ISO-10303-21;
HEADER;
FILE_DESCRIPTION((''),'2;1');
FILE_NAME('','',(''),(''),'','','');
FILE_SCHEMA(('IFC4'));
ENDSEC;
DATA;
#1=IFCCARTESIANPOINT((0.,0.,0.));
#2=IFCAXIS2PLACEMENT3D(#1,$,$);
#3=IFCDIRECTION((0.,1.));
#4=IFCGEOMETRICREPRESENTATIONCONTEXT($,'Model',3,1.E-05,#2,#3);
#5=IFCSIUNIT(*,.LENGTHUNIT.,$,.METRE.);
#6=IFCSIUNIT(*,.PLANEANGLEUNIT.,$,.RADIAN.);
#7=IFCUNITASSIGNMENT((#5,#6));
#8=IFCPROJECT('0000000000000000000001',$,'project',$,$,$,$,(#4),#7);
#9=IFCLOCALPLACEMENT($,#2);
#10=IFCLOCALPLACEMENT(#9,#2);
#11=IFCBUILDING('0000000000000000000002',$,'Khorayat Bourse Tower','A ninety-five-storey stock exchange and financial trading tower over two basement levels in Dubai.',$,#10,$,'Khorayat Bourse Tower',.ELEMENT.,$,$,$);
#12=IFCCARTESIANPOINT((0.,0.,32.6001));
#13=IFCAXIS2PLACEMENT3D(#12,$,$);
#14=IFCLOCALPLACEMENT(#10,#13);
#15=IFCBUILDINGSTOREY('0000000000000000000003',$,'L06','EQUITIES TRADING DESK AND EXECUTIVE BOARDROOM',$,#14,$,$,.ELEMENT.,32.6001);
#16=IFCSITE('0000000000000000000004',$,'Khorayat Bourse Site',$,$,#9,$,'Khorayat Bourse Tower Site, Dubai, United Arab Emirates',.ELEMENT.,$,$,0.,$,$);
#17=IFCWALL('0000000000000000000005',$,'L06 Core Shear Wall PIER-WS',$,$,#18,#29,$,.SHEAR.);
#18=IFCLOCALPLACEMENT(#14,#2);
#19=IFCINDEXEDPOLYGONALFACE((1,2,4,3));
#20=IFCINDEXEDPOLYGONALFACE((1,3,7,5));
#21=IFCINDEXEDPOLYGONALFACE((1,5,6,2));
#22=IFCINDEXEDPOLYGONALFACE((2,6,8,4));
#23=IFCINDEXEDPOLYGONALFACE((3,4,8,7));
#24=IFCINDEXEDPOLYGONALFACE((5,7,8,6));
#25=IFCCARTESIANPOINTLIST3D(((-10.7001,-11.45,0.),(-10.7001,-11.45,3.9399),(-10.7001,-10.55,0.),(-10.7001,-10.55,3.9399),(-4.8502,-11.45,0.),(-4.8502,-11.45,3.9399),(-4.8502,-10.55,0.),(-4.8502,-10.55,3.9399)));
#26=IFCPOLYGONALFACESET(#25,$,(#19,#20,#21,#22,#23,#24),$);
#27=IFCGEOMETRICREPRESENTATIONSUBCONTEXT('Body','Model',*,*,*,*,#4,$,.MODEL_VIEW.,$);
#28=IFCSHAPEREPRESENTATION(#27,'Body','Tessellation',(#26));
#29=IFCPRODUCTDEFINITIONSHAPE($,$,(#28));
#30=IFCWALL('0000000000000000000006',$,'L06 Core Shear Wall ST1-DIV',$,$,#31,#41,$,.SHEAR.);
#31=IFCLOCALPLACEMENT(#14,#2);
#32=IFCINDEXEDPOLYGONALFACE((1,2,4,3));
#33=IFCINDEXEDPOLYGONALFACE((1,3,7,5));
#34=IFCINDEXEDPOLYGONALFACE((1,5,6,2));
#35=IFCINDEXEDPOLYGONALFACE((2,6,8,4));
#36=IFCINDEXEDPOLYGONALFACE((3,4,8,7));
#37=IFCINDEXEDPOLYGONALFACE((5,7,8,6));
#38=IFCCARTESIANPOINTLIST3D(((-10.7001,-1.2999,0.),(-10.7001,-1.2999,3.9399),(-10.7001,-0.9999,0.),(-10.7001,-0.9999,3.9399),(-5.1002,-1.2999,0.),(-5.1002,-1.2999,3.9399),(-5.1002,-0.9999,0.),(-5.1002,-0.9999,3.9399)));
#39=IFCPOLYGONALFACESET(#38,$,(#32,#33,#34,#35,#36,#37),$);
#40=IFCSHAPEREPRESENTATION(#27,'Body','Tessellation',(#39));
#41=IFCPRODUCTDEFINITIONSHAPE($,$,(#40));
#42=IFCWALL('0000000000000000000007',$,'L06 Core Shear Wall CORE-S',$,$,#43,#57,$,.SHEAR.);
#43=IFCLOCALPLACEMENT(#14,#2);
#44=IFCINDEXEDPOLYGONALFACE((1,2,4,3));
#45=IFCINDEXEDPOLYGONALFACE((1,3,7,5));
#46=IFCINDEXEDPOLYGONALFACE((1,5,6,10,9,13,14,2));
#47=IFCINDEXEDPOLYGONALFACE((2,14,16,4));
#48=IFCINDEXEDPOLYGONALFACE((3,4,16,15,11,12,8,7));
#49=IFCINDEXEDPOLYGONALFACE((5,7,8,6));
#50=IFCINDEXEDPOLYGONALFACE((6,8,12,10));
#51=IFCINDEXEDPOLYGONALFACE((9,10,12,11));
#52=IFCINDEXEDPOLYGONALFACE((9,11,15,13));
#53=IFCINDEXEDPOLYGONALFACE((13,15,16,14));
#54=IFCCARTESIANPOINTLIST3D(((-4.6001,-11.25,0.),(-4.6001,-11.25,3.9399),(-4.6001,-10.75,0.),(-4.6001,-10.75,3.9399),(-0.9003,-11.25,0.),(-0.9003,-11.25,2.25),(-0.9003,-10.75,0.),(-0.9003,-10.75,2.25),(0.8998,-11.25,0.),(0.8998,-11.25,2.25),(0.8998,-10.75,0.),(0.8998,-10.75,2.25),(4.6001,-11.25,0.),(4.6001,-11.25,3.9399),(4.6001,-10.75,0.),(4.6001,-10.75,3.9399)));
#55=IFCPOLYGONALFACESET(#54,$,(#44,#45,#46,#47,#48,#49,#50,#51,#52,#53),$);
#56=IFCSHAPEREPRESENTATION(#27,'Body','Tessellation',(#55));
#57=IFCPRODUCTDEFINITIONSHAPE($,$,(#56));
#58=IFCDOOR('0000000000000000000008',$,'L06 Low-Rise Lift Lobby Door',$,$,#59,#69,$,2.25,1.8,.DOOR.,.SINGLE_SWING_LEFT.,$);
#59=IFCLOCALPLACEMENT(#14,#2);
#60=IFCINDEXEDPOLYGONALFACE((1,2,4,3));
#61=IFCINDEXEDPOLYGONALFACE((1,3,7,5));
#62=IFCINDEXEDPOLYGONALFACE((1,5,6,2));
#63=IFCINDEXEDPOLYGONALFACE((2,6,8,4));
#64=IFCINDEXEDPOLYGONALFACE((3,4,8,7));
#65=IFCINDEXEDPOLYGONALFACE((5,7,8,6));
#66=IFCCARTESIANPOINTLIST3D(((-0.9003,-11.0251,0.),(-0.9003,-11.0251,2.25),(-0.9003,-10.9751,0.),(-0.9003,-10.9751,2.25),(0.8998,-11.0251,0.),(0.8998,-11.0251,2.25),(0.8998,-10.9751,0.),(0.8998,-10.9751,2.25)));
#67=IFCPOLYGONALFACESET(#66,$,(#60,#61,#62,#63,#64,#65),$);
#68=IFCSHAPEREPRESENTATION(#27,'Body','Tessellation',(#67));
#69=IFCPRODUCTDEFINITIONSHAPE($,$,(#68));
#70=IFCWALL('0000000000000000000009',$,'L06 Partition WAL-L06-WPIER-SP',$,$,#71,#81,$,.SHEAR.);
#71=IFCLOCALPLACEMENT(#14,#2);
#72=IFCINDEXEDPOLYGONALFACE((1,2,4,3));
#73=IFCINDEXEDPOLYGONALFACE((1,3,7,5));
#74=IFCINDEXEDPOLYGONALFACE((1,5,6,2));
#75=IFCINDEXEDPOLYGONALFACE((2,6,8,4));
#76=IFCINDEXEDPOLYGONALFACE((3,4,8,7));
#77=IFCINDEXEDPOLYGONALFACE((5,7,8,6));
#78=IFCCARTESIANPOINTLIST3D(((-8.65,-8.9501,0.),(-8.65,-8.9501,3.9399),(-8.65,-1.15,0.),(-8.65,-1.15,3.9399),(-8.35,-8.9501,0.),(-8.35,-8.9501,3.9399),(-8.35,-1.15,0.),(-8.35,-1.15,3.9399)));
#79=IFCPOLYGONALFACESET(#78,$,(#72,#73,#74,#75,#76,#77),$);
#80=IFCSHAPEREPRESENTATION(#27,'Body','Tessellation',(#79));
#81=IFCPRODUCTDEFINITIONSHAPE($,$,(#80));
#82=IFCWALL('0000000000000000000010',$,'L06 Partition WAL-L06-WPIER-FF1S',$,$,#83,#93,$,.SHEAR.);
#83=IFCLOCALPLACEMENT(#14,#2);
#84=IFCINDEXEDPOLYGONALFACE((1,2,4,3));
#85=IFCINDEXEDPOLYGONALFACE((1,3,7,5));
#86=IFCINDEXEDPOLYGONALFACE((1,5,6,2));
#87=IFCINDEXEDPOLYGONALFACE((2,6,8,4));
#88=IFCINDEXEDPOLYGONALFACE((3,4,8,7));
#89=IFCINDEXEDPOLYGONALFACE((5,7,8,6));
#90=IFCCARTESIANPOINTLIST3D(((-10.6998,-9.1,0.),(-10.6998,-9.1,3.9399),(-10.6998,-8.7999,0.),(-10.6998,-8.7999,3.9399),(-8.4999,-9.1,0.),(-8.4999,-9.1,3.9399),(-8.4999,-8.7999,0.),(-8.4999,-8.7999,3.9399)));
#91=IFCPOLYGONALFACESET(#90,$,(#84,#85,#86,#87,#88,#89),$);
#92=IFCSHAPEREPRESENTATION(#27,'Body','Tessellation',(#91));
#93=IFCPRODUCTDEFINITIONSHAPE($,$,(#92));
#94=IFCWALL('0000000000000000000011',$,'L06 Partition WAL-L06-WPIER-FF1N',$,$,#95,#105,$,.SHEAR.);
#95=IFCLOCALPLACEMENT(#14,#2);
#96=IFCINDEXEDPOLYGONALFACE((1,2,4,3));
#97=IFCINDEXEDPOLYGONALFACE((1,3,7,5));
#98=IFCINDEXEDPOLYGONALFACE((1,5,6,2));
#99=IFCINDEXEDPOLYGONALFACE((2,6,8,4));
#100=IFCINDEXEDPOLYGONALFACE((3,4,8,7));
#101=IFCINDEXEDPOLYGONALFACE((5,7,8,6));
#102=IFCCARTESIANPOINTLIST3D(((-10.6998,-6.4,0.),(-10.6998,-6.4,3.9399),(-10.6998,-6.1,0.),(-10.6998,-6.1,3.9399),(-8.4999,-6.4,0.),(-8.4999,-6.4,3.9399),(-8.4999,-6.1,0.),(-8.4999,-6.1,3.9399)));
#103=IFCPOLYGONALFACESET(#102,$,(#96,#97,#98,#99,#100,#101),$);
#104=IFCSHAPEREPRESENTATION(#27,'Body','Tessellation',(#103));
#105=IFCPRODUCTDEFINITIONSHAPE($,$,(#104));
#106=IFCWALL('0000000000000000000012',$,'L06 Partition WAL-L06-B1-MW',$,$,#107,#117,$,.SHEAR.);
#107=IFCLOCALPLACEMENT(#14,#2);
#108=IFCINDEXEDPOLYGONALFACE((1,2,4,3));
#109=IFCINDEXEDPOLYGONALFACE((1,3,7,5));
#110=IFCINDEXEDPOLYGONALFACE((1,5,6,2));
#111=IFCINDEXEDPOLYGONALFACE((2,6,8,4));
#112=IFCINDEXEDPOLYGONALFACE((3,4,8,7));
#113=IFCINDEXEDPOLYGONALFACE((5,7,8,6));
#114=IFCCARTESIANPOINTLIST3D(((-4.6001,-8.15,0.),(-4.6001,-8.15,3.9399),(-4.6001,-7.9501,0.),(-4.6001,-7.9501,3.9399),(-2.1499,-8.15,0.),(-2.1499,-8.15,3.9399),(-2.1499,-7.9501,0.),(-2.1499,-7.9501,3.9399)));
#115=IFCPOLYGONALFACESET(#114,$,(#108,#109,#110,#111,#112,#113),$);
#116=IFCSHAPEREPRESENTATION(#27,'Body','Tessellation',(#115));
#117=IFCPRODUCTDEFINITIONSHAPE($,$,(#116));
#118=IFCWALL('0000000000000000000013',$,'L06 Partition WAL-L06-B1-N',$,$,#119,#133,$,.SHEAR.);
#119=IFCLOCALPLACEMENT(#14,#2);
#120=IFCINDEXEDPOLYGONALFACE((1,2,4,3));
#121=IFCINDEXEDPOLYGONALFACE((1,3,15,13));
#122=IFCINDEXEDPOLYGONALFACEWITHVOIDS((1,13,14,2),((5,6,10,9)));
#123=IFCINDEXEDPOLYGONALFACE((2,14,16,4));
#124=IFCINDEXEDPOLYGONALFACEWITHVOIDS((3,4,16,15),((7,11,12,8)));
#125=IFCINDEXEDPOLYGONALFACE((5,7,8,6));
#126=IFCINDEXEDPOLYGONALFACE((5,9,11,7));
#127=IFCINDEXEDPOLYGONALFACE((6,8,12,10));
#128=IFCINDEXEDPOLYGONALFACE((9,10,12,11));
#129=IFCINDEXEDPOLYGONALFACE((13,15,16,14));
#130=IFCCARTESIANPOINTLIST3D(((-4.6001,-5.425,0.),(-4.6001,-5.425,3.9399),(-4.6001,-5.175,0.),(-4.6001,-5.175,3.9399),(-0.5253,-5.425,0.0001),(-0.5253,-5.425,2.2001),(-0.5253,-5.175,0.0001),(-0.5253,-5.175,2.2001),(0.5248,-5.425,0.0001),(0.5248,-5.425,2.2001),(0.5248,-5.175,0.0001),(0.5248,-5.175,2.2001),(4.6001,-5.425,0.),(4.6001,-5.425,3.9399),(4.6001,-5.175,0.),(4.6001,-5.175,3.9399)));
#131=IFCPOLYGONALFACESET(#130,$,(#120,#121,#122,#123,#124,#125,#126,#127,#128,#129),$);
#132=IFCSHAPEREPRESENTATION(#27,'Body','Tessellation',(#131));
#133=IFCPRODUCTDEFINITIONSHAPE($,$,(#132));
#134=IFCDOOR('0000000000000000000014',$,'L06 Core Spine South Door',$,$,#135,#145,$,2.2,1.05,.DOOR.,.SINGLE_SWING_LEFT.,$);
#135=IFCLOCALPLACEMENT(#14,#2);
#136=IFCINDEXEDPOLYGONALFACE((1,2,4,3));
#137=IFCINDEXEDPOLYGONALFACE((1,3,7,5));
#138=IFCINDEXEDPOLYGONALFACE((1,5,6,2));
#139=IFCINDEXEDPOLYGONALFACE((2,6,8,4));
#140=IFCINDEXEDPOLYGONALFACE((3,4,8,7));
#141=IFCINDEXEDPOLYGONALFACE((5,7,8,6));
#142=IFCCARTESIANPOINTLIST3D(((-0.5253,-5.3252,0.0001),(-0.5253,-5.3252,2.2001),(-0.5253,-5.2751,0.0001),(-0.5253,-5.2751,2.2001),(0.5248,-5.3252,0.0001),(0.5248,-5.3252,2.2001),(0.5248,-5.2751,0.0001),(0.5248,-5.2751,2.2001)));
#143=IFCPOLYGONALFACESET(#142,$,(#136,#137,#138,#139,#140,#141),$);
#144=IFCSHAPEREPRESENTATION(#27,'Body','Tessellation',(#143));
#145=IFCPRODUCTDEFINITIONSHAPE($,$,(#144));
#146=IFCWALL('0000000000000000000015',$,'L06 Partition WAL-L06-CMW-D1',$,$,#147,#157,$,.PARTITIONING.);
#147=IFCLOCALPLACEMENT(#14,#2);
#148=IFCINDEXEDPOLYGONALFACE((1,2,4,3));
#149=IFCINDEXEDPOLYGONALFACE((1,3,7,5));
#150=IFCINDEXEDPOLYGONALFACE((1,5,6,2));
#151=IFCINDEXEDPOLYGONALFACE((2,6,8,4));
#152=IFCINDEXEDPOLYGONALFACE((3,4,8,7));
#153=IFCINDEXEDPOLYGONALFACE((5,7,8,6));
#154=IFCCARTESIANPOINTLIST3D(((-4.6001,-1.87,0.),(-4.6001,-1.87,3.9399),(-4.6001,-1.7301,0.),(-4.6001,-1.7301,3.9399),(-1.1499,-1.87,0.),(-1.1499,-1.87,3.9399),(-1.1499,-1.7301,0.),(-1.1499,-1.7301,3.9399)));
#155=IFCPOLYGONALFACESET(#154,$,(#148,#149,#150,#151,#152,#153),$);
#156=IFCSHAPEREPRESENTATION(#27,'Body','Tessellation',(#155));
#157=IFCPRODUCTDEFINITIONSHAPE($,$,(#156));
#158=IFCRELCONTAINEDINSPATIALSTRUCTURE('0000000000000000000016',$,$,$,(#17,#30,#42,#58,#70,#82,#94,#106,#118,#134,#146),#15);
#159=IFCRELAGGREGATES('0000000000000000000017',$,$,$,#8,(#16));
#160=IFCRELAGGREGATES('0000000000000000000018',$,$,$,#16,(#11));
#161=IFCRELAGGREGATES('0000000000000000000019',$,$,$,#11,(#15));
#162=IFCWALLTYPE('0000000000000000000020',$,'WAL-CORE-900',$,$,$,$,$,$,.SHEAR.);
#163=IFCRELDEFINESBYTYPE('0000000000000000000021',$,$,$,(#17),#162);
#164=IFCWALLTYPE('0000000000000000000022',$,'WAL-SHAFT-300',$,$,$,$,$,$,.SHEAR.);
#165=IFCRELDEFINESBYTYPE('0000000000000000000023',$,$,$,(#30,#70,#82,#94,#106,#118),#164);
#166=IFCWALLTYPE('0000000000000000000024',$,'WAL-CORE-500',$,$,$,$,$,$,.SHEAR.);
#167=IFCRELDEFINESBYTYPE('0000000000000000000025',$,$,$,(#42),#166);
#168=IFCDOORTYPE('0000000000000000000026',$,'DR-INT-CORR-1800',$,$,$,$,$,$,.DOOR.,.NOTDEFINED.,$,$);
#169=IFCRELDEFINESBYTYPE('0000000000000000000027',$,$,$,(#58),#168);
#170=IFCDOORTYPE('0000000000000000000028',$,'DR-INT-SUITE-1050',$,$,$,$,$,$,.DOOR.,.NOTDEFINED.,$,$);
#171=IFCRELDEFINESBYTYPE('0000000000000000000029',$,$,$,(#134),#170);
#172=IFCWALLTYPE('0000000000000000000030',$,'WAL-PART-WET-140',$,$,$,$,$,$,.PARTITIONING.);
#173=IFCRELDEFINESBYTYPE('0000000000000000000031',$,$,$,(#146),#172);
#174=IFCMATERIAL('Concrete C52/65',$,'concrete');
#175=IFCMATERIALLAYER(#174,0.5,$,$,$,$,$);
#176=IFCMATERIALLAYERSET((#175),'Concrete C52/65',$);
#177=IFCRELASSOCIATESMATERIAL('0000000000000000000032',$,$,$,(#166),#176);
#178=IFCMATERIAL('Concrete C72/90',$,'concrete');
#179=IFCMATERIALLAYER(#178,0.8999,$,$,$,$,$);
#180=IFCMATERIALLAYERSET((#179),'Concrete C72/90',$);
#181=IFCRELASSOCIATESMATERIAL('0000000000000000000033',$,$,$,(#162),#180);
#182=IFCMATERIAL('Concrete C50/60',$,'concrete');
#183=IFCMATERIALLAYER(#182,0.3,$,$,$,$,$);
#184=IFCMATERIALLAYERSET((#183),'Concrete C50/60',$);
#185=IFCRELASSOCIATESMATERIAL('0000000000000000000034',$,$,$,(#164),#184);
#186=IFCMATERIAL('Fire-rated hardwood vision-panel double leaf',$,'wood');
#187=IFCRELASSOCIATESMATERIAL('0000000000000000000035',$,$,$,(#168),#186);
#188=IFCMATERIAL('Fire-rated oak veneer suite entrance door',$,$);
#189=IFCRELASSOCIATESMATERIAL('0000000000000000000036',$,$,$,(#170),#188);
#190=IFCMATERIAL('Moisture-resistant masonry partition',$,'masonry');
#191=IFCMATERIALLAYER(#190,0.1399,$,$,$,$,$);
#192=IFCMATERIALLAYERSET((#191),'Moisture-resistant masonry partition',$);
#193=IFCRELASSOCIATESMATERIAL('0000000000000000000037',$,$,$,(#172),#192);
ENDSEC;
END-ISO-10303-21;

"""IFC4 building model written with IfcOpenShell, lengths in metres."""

from ifc_helpers import new_model, si_unit, direction, frame, frame_2d, origin, place, context, subcontext, project, spatial, rectangle, extrude, source, transform, mapped, material, layer, layer_set, type_object, element, fill, save


model = new_model("IFC4")

# Units and contexts
model_context = context("Model", 3, precision=1e-05, world=origin(), true_north=direction((0.0, 1.0)))
body_context = subcontext(model_context, "Body", "Model", "MODEL_VIEW")
ifc_project = project(units=[si_unit("LENGTHUNIT", "METRE"), si_unit("PLANEANGLEUNIT", "RADIAN")], contexts=[model_context])

# Site, building, storey
site_placement = place(None, origin())
site = spatial("IfcSite", under=ifc_project, at=site_placement, Name="Khorayat Bourse Site", LongName="Khorayat Bourse Tower Site, Dubai, United Arab Emirates", CompositionType="ELEMENT", RefElevation=0.0)
building_placement = place(site_placement, origin())
building = spatial("IfcBuilding", under=site, at=building_placement, Name="Khorayat Bourse Tower", Description="A ninety-five-storey stock exchange and financial trading tower over two basement levels in Dubai.", LongName="Khorayat Bourse Tower", CompositionType="ELEMENT")
storey_placement = place(building_placement, frame((0.0, 0.0, 32.6001)))
storey = spatial("IfcBuildingStorey", under=building, at=storey_placement, Name="L06", Description="EQUITIES TRADING DESK AND EXECUTIVE BOARDROOM", CompositionType="ELEMENT", Elevation=32.6001)

# Shared definitions
ifc_material_1 = material(Name="Concrete C72/90", Category="concrete")

# Walls
ifc_material_2 = material(Name="Concrete C52/65", Category="concrete")
ifc_layer_1 = layer(ifc_material_2, 0.5)
ifc_layer_set_1 = layer_set([ifc_layer_1], Name="Concrete C52/65")
wall_type_1 = type_object("IfcWallType", Name="WAL-CORE-500", PredefinedType="SHEAR", material=ifc_layer_set_1)
ifc_layer_2 = layer(ifc_material_1, 0.8999)
ifc_layer_set_2 = layer_set([ifc_layer_2], Name="Concrete C72/90")
wall_type_2 = type_object("IfcWallType", Name="WAL-CORE-900", PredefinedType="SHEAR", material=ifc_layer_set_2)
shared_shape_1 = source(origin(), body_context, "Body", "SweptSolid", [
    extrude(rectangle(XDim=5.8499, YDim=0.8999, at=frame_2d((2.9248, 0.0))), origin(), (0.0, 0.0, 1.0), 3.9399),
])
wall_1_placement = place(storey_placement, frame((-10.7, -11.0, 0.0), z_axis=(0.0, 0.0, 1.0), x_axis=(1.0, 0.0, 0.0)))
element("IfcWall", 1, at=wall_1_placement, inside=storey, type_object=wall_type_2, Name="L06 Core Shear Wall PIER-WS", PredefinedType="SHEAR", context=body_context, shape_type="MappedRepresentation", body=[
    mapped(shared_shape_1, transform((0.0, 0.0, 0.0), scale=1.0)),
])
ifc_material_3 = material(Name="Concrete C50/60", Category="concrete")
ifc_layer_3 = layer(ifc_material_3, 0.3)
ifc_layer_set_3 = layer_set([ifc_layer_3], Name="Concrete C50/60")
wall_type_3 = type_object("IfcWallType", Name="WAL-SHAFT-300", PredefinedType="SHEAR", material=ifc_layer_set_3)
shared_shape_2 = source(origin(), body_context, "Body", "SweptSolid", [
    extrude(rectangle(XDim=5.5999, YDim=0.3, at=frame_2d((2.7998, 0.0))), origin(), (0.0, 0.0, 1.0), 3.9399),
])
wall_2_placement = place(storey_placement, frame((-10.7, -1.1499, 0.0), z_axis=(0.0, 0.0, 1.0), x_axis=(1.0, 0.0, 0.0)))
element("IfcWall", 2, at=wall_2_placement, inside=storey, type_object=wall_type_3, Name="L06 Core Shear Wall ST1-DIV", PredefinedType="SHEAR", context=body_context, shape_type="MappedRepresentation", body=[
    mapped(shared_shape_2, transform((0.0, 0.0, 0.0), scale=1.0)),
])

# Wall, opening, door
shared_shape_3 = source(origin(), body_context, "Body", "SweptSolid", [
    extrude(rectangle(XDim=9.2002, YDim=0.5, at=frame_2d((4.6001, 0.0))), origin(), (0.0, 0.0, 1.0), 3.9399),
])
wall_3_placement = place(storey_placement, frame((-4.6001, -11.0, 0.0), z_axis=(0.0, 0.0, 1.0), x_axis=(1.0, 0.0, 0.0)))
wall_3 = element("IfcWall", 3, at=wall_3_placement, inside=storey, type_object=wall_type_1, Name="L06 Core Shear Wall CORE-S", PredefinedType="SHEAR", context=body_context, shape_type="MappedRepresentation", body=[
    mapped(shared_shape_3, transform((0.0, 0.0, 0.0), scale=1.0)),
])
shared_shape_4 = source(origin(), body_context, "Body", "SweptSolid", [
    extrude(rectangle(XDim=1.8, YDim=2.25, at=frame_2d((0.8999, 1.125))), frame((0.0, 0.26, 0.0), z_axis=(0.0, -1.0, 0.0), x_axis=(1.0, 0.0, 0.0)), (0.0, 0.0, 1.0), 0.52),
])
opening_1_placement = place(wall_3_placement, frame((3.7, 0.0, 0.0)))
opening_1 = element("IfcOpeningElement", 4, at=opening_1_placement, cuts=wall_3, PredefinedType="OPENING", context=body_context, shape_type="MappedRepresentation", body=[
    mapped(shared_shape_4, transform((0.0, 0.0, 0.0), scale=1.0)),
])
ifc_material_4 = material(Name="Fire-rated hardwood vision-panel double leaf", Category="wood")
door_type_1 = type_object("IfcDoorType", Name="DR-INT-CORR-1800", OperationType="NOTDEFINED", PredefinedType="DOOR", material=ifc_material_4)
shared_shape_5 = source(origin(), body_context, "Body", "SweptSolid", [
    extrude(rectangle(XDim=1.8, YDim=2.25, at=frame_2d((0.8999, 1.125))), frame((0.0, 0.0249, 0.0), z_axis=(0.0, -1.0, 0.0), x_axis=(1.0, 0.0, 0.0)), (0.0, 0.0, 1.0), 0.05),
])
door_1_placement = place(opening_1_placement, origin())
door_1 = element("IfcDoor", 5, at=door_1_placement, inside=storey, type_object=door_type_1, Name="L06 Low-Rise Lift Lobby Door", OperationType="SINGLE_SWING_LEFT", OverallHeight=2.25, OverallWidth=1.8, PredefinedType="DOOR", context=body_context, shape_type="MappedRepresentation", body=[
    mapped(shared_shape_5, transform((0.0, 0.0, 0.0), scale=1.0)),
])
fill(opening_1, door_1)

# Walls
shared_shape_6 = source(origin(), body_context, "Body", "SweptSolid", [
    extrude(rectangle(XDim=7.8, YDim=0.3, at=frame_2d((3.8999, 0.0))), origin(), (0.0, 0.0, 1.0), 3.9399),
])
wall_4_placement = place(storey_placement, frame((-8.5, -8.95, 0.0), z_axis=(0.0, 0.0, 1.0), x_axis=(0.0, 1.0, 0.0)))
element("IfcWall", 6, at=wall_4_placement, inside=storey, type_object=wall_type_3, Name="L06 Partition WAL-L06-WPIER-SP", PredefinedType="SHEAR", context=body_context, shape_type="MappedRepresentation", body=[
    mapped(shared_shape_6, transform((0.0, 0.0, 0.0), scale=1.0)),
])
shared_shape_7 = source(origin(), body_context, "Body", "SweptSolid", [
    extrude(rectangle(XDim=2.2, YDim=0.3, at=frame_2d((1.1001, 0.0))), origin(), (0.0, 0.0, 1.0), 3.9399),
])
for number, where, z_axis, x_axis, name in (
    (7, (-10.7, -8.95, 0.0), (0.0, 0.0, 1.0), (1.0, 0.0, 0.0), "L06 Partition WAL-L06-WPIER-FF1S"),
    (8, (-10.7, -6.25, 0.0), (0.0, 0.0, 1.0), (1.0, 0.0, 0.0), "L06 Partition WAL-L06-WPIER-FF1N"),
):
    element("IfcWall", number, at=place(storey_placement, frame(where, z_axis=z_axis, x_axis=x_axis)), inside=storey, type_object=wall_type_3, Name=name, PredefinedType="SHEAR", context=body_context, shape_type="MappedRepresentation", body=[
        mapped(shared_shape_7, transform((0.0, 0.0, 0.0), scale=1.0)),
    ])
shared_shape_8 = source(origin(), body_context, "Body", "SweptSolid", [
    extrude(rectangle(XDim=2.4502, YDim=0.2, at=frame_2d((1.2251, 0.0))), origin(), (0.0, 0.0, 1.0), 3.9399),
])
wall_5_placement = place(storey_placement, frame((-4.6001, -8.05, 0.0), z_axis=(0.0, 0.0, 1.0), x_axis=(1.0, 0.0, 0.0)))
element("IfcWall", 9, at=wall_5_placement, inside=storey, type_object=wall_type_3, Name="L06 Partition WAL-L06-B1-MW", PredefinedType="SHEAR", context=body_context, shape_type="MappedRepresentation", body=[
    mapped(shared_shape_8, transform((0.0, 0.0, 0.0), scale=1.0)),
])

# Wall, opening, door
shared_shape_9 = source(origin(), body_context, "Body", "SweptSolid", [
    extrude(rectangle(XDim=9.2002, YDim=0.25, at=frame_2d((4.6001, 0.0))), origin(), (0.0, 0.0, 1.0), 3.9399),
])
wall_6_placement = place(storey_placement, frame((-4.6001, -5.3, 0.0), z_axis=(0.0, 0.0, 1.0), x_axis=(1.0, 0.0, 0.0)))
wall_6 = element("IfcWall", 10, at=wall_6_placement, inside=storey, type_object=wall_type_3, Name="L06 Partition WAL-L06-B1-N", PredefinedType="SHEAR", context=body_context, shape_type="MappedRepresentation", body=[
    mapped(shared_shape_9, transform((0.0, 0.0, 0.0), scale=1.0)),
])
shared_shape_10 = source(origin(), body_context, "Body", "SweptSolid", [
    extrude(rectangle(XDim=1.05, YDim=2.2, at=frame_2d((0.5249, 1.1001))), frame((0.0, 0.135, 0.0), z_axis=(0.0, -1.0, 0.0), x_axis=(1.0, 0.0, 0.0)), (0.0, 0.0, 1.0), 0.27),
])
opening_2_placement = place(wall_6_placement, frame((4.075, 0.0, 0.0)))
opening_2 = element("IfcOpeningElement", 11, at=opening_2_placement, cuts=wall_6, PredefinedType="OPENING", context=body_context, shape_type="MappedRepresentation", body=[
    mapped(shared_shape_10, transform((0.0, 0.0, 0.0), scale=1.0)),
])
ifc_material_5 = material(Name="Fire-rated oak veneer suite entrance door")
door_type_2 = type_object("IfcDoorType", Name="DR-INT-SUITE-1050", OperationType="NOTDEFINED", PredefinedType="DOOR", material=ifc_material_5)
shared_shape_11 = source(origin(), body_context, "Body", "SweptSolid", [
    extrude(rectangle(XDim=1.05, YDim=2.2, at=frame_2d((0.5249, 1.1001))), frame((0.0, 0.0249, 0.0), z_axis=(0.0, -1.0, 0.0), x_axis=(1.0, 0.0, 0.0)), (0.0, 0.0, 1.0), 0.05),
])
door_2_placement = place(opening_2_placement, origin())
door_2 = element("IfcDoor", 12, at=door_2_placement, inside=storey, type_object=door_type_2, Name="L06 Core Spine South Door", OperationType="SINGLE_SWING_LEFT", OverallHeight=2.2, OverallWidth=1.05, PredefinedType="DOOR", context=body_context, shape_type="MappedRepresentation", body=[
    mapped(shared_shape_11, transform((0.0, 0.0, 0.0), scale=1.0)),
])
fill(opening_2, door_2)

# Wall
ifc_material_6 = material(Name="Moisture-resistant masonry partition", Category="masonry")
ifc_layer_4 = layer(ifc_material_6, 0.1399)
ifc_layer_set_4 = layer_set([ifc_layer_4], Name="Moisture-resistant masonry partition")
wall_type_4 = type_object("IfcWallType", Name="WAL-PART-WET-140", PredefinedType="PARTITIONING", material=ifc_layer_set_4)
shared_shape_12 = source(origin(), body_context, "Body", "SweptSolid", [
    extrude(rectangle(XDim=3.4502, YDim=0.1399, at=frame_2d((1.7251, 0.0))), origin(), (0.0, 0.0, 1.0), 3.9399),
])
wall_7_placement = place(storey_placement, frame((-4.6001, -1.8, 0.0), z_axis=(0.0, 0.0, 1.0), x_axis=(1.0, 0.0, 0.0)))
element("IfcWall", 13, at=wall_7_placement, inside=storey, type_object=wall_type_4, Name="L06 Partition WAL-L06-CMW-D1", PredefinedType="PARTITIONING", context=body_context, shape_type="MappedRepresentation", body=[
    mapped(shared_shape_12, transform((0.0, 0.0, 0.0), scale=1.0)),
])

save(model, "model.ifc")
